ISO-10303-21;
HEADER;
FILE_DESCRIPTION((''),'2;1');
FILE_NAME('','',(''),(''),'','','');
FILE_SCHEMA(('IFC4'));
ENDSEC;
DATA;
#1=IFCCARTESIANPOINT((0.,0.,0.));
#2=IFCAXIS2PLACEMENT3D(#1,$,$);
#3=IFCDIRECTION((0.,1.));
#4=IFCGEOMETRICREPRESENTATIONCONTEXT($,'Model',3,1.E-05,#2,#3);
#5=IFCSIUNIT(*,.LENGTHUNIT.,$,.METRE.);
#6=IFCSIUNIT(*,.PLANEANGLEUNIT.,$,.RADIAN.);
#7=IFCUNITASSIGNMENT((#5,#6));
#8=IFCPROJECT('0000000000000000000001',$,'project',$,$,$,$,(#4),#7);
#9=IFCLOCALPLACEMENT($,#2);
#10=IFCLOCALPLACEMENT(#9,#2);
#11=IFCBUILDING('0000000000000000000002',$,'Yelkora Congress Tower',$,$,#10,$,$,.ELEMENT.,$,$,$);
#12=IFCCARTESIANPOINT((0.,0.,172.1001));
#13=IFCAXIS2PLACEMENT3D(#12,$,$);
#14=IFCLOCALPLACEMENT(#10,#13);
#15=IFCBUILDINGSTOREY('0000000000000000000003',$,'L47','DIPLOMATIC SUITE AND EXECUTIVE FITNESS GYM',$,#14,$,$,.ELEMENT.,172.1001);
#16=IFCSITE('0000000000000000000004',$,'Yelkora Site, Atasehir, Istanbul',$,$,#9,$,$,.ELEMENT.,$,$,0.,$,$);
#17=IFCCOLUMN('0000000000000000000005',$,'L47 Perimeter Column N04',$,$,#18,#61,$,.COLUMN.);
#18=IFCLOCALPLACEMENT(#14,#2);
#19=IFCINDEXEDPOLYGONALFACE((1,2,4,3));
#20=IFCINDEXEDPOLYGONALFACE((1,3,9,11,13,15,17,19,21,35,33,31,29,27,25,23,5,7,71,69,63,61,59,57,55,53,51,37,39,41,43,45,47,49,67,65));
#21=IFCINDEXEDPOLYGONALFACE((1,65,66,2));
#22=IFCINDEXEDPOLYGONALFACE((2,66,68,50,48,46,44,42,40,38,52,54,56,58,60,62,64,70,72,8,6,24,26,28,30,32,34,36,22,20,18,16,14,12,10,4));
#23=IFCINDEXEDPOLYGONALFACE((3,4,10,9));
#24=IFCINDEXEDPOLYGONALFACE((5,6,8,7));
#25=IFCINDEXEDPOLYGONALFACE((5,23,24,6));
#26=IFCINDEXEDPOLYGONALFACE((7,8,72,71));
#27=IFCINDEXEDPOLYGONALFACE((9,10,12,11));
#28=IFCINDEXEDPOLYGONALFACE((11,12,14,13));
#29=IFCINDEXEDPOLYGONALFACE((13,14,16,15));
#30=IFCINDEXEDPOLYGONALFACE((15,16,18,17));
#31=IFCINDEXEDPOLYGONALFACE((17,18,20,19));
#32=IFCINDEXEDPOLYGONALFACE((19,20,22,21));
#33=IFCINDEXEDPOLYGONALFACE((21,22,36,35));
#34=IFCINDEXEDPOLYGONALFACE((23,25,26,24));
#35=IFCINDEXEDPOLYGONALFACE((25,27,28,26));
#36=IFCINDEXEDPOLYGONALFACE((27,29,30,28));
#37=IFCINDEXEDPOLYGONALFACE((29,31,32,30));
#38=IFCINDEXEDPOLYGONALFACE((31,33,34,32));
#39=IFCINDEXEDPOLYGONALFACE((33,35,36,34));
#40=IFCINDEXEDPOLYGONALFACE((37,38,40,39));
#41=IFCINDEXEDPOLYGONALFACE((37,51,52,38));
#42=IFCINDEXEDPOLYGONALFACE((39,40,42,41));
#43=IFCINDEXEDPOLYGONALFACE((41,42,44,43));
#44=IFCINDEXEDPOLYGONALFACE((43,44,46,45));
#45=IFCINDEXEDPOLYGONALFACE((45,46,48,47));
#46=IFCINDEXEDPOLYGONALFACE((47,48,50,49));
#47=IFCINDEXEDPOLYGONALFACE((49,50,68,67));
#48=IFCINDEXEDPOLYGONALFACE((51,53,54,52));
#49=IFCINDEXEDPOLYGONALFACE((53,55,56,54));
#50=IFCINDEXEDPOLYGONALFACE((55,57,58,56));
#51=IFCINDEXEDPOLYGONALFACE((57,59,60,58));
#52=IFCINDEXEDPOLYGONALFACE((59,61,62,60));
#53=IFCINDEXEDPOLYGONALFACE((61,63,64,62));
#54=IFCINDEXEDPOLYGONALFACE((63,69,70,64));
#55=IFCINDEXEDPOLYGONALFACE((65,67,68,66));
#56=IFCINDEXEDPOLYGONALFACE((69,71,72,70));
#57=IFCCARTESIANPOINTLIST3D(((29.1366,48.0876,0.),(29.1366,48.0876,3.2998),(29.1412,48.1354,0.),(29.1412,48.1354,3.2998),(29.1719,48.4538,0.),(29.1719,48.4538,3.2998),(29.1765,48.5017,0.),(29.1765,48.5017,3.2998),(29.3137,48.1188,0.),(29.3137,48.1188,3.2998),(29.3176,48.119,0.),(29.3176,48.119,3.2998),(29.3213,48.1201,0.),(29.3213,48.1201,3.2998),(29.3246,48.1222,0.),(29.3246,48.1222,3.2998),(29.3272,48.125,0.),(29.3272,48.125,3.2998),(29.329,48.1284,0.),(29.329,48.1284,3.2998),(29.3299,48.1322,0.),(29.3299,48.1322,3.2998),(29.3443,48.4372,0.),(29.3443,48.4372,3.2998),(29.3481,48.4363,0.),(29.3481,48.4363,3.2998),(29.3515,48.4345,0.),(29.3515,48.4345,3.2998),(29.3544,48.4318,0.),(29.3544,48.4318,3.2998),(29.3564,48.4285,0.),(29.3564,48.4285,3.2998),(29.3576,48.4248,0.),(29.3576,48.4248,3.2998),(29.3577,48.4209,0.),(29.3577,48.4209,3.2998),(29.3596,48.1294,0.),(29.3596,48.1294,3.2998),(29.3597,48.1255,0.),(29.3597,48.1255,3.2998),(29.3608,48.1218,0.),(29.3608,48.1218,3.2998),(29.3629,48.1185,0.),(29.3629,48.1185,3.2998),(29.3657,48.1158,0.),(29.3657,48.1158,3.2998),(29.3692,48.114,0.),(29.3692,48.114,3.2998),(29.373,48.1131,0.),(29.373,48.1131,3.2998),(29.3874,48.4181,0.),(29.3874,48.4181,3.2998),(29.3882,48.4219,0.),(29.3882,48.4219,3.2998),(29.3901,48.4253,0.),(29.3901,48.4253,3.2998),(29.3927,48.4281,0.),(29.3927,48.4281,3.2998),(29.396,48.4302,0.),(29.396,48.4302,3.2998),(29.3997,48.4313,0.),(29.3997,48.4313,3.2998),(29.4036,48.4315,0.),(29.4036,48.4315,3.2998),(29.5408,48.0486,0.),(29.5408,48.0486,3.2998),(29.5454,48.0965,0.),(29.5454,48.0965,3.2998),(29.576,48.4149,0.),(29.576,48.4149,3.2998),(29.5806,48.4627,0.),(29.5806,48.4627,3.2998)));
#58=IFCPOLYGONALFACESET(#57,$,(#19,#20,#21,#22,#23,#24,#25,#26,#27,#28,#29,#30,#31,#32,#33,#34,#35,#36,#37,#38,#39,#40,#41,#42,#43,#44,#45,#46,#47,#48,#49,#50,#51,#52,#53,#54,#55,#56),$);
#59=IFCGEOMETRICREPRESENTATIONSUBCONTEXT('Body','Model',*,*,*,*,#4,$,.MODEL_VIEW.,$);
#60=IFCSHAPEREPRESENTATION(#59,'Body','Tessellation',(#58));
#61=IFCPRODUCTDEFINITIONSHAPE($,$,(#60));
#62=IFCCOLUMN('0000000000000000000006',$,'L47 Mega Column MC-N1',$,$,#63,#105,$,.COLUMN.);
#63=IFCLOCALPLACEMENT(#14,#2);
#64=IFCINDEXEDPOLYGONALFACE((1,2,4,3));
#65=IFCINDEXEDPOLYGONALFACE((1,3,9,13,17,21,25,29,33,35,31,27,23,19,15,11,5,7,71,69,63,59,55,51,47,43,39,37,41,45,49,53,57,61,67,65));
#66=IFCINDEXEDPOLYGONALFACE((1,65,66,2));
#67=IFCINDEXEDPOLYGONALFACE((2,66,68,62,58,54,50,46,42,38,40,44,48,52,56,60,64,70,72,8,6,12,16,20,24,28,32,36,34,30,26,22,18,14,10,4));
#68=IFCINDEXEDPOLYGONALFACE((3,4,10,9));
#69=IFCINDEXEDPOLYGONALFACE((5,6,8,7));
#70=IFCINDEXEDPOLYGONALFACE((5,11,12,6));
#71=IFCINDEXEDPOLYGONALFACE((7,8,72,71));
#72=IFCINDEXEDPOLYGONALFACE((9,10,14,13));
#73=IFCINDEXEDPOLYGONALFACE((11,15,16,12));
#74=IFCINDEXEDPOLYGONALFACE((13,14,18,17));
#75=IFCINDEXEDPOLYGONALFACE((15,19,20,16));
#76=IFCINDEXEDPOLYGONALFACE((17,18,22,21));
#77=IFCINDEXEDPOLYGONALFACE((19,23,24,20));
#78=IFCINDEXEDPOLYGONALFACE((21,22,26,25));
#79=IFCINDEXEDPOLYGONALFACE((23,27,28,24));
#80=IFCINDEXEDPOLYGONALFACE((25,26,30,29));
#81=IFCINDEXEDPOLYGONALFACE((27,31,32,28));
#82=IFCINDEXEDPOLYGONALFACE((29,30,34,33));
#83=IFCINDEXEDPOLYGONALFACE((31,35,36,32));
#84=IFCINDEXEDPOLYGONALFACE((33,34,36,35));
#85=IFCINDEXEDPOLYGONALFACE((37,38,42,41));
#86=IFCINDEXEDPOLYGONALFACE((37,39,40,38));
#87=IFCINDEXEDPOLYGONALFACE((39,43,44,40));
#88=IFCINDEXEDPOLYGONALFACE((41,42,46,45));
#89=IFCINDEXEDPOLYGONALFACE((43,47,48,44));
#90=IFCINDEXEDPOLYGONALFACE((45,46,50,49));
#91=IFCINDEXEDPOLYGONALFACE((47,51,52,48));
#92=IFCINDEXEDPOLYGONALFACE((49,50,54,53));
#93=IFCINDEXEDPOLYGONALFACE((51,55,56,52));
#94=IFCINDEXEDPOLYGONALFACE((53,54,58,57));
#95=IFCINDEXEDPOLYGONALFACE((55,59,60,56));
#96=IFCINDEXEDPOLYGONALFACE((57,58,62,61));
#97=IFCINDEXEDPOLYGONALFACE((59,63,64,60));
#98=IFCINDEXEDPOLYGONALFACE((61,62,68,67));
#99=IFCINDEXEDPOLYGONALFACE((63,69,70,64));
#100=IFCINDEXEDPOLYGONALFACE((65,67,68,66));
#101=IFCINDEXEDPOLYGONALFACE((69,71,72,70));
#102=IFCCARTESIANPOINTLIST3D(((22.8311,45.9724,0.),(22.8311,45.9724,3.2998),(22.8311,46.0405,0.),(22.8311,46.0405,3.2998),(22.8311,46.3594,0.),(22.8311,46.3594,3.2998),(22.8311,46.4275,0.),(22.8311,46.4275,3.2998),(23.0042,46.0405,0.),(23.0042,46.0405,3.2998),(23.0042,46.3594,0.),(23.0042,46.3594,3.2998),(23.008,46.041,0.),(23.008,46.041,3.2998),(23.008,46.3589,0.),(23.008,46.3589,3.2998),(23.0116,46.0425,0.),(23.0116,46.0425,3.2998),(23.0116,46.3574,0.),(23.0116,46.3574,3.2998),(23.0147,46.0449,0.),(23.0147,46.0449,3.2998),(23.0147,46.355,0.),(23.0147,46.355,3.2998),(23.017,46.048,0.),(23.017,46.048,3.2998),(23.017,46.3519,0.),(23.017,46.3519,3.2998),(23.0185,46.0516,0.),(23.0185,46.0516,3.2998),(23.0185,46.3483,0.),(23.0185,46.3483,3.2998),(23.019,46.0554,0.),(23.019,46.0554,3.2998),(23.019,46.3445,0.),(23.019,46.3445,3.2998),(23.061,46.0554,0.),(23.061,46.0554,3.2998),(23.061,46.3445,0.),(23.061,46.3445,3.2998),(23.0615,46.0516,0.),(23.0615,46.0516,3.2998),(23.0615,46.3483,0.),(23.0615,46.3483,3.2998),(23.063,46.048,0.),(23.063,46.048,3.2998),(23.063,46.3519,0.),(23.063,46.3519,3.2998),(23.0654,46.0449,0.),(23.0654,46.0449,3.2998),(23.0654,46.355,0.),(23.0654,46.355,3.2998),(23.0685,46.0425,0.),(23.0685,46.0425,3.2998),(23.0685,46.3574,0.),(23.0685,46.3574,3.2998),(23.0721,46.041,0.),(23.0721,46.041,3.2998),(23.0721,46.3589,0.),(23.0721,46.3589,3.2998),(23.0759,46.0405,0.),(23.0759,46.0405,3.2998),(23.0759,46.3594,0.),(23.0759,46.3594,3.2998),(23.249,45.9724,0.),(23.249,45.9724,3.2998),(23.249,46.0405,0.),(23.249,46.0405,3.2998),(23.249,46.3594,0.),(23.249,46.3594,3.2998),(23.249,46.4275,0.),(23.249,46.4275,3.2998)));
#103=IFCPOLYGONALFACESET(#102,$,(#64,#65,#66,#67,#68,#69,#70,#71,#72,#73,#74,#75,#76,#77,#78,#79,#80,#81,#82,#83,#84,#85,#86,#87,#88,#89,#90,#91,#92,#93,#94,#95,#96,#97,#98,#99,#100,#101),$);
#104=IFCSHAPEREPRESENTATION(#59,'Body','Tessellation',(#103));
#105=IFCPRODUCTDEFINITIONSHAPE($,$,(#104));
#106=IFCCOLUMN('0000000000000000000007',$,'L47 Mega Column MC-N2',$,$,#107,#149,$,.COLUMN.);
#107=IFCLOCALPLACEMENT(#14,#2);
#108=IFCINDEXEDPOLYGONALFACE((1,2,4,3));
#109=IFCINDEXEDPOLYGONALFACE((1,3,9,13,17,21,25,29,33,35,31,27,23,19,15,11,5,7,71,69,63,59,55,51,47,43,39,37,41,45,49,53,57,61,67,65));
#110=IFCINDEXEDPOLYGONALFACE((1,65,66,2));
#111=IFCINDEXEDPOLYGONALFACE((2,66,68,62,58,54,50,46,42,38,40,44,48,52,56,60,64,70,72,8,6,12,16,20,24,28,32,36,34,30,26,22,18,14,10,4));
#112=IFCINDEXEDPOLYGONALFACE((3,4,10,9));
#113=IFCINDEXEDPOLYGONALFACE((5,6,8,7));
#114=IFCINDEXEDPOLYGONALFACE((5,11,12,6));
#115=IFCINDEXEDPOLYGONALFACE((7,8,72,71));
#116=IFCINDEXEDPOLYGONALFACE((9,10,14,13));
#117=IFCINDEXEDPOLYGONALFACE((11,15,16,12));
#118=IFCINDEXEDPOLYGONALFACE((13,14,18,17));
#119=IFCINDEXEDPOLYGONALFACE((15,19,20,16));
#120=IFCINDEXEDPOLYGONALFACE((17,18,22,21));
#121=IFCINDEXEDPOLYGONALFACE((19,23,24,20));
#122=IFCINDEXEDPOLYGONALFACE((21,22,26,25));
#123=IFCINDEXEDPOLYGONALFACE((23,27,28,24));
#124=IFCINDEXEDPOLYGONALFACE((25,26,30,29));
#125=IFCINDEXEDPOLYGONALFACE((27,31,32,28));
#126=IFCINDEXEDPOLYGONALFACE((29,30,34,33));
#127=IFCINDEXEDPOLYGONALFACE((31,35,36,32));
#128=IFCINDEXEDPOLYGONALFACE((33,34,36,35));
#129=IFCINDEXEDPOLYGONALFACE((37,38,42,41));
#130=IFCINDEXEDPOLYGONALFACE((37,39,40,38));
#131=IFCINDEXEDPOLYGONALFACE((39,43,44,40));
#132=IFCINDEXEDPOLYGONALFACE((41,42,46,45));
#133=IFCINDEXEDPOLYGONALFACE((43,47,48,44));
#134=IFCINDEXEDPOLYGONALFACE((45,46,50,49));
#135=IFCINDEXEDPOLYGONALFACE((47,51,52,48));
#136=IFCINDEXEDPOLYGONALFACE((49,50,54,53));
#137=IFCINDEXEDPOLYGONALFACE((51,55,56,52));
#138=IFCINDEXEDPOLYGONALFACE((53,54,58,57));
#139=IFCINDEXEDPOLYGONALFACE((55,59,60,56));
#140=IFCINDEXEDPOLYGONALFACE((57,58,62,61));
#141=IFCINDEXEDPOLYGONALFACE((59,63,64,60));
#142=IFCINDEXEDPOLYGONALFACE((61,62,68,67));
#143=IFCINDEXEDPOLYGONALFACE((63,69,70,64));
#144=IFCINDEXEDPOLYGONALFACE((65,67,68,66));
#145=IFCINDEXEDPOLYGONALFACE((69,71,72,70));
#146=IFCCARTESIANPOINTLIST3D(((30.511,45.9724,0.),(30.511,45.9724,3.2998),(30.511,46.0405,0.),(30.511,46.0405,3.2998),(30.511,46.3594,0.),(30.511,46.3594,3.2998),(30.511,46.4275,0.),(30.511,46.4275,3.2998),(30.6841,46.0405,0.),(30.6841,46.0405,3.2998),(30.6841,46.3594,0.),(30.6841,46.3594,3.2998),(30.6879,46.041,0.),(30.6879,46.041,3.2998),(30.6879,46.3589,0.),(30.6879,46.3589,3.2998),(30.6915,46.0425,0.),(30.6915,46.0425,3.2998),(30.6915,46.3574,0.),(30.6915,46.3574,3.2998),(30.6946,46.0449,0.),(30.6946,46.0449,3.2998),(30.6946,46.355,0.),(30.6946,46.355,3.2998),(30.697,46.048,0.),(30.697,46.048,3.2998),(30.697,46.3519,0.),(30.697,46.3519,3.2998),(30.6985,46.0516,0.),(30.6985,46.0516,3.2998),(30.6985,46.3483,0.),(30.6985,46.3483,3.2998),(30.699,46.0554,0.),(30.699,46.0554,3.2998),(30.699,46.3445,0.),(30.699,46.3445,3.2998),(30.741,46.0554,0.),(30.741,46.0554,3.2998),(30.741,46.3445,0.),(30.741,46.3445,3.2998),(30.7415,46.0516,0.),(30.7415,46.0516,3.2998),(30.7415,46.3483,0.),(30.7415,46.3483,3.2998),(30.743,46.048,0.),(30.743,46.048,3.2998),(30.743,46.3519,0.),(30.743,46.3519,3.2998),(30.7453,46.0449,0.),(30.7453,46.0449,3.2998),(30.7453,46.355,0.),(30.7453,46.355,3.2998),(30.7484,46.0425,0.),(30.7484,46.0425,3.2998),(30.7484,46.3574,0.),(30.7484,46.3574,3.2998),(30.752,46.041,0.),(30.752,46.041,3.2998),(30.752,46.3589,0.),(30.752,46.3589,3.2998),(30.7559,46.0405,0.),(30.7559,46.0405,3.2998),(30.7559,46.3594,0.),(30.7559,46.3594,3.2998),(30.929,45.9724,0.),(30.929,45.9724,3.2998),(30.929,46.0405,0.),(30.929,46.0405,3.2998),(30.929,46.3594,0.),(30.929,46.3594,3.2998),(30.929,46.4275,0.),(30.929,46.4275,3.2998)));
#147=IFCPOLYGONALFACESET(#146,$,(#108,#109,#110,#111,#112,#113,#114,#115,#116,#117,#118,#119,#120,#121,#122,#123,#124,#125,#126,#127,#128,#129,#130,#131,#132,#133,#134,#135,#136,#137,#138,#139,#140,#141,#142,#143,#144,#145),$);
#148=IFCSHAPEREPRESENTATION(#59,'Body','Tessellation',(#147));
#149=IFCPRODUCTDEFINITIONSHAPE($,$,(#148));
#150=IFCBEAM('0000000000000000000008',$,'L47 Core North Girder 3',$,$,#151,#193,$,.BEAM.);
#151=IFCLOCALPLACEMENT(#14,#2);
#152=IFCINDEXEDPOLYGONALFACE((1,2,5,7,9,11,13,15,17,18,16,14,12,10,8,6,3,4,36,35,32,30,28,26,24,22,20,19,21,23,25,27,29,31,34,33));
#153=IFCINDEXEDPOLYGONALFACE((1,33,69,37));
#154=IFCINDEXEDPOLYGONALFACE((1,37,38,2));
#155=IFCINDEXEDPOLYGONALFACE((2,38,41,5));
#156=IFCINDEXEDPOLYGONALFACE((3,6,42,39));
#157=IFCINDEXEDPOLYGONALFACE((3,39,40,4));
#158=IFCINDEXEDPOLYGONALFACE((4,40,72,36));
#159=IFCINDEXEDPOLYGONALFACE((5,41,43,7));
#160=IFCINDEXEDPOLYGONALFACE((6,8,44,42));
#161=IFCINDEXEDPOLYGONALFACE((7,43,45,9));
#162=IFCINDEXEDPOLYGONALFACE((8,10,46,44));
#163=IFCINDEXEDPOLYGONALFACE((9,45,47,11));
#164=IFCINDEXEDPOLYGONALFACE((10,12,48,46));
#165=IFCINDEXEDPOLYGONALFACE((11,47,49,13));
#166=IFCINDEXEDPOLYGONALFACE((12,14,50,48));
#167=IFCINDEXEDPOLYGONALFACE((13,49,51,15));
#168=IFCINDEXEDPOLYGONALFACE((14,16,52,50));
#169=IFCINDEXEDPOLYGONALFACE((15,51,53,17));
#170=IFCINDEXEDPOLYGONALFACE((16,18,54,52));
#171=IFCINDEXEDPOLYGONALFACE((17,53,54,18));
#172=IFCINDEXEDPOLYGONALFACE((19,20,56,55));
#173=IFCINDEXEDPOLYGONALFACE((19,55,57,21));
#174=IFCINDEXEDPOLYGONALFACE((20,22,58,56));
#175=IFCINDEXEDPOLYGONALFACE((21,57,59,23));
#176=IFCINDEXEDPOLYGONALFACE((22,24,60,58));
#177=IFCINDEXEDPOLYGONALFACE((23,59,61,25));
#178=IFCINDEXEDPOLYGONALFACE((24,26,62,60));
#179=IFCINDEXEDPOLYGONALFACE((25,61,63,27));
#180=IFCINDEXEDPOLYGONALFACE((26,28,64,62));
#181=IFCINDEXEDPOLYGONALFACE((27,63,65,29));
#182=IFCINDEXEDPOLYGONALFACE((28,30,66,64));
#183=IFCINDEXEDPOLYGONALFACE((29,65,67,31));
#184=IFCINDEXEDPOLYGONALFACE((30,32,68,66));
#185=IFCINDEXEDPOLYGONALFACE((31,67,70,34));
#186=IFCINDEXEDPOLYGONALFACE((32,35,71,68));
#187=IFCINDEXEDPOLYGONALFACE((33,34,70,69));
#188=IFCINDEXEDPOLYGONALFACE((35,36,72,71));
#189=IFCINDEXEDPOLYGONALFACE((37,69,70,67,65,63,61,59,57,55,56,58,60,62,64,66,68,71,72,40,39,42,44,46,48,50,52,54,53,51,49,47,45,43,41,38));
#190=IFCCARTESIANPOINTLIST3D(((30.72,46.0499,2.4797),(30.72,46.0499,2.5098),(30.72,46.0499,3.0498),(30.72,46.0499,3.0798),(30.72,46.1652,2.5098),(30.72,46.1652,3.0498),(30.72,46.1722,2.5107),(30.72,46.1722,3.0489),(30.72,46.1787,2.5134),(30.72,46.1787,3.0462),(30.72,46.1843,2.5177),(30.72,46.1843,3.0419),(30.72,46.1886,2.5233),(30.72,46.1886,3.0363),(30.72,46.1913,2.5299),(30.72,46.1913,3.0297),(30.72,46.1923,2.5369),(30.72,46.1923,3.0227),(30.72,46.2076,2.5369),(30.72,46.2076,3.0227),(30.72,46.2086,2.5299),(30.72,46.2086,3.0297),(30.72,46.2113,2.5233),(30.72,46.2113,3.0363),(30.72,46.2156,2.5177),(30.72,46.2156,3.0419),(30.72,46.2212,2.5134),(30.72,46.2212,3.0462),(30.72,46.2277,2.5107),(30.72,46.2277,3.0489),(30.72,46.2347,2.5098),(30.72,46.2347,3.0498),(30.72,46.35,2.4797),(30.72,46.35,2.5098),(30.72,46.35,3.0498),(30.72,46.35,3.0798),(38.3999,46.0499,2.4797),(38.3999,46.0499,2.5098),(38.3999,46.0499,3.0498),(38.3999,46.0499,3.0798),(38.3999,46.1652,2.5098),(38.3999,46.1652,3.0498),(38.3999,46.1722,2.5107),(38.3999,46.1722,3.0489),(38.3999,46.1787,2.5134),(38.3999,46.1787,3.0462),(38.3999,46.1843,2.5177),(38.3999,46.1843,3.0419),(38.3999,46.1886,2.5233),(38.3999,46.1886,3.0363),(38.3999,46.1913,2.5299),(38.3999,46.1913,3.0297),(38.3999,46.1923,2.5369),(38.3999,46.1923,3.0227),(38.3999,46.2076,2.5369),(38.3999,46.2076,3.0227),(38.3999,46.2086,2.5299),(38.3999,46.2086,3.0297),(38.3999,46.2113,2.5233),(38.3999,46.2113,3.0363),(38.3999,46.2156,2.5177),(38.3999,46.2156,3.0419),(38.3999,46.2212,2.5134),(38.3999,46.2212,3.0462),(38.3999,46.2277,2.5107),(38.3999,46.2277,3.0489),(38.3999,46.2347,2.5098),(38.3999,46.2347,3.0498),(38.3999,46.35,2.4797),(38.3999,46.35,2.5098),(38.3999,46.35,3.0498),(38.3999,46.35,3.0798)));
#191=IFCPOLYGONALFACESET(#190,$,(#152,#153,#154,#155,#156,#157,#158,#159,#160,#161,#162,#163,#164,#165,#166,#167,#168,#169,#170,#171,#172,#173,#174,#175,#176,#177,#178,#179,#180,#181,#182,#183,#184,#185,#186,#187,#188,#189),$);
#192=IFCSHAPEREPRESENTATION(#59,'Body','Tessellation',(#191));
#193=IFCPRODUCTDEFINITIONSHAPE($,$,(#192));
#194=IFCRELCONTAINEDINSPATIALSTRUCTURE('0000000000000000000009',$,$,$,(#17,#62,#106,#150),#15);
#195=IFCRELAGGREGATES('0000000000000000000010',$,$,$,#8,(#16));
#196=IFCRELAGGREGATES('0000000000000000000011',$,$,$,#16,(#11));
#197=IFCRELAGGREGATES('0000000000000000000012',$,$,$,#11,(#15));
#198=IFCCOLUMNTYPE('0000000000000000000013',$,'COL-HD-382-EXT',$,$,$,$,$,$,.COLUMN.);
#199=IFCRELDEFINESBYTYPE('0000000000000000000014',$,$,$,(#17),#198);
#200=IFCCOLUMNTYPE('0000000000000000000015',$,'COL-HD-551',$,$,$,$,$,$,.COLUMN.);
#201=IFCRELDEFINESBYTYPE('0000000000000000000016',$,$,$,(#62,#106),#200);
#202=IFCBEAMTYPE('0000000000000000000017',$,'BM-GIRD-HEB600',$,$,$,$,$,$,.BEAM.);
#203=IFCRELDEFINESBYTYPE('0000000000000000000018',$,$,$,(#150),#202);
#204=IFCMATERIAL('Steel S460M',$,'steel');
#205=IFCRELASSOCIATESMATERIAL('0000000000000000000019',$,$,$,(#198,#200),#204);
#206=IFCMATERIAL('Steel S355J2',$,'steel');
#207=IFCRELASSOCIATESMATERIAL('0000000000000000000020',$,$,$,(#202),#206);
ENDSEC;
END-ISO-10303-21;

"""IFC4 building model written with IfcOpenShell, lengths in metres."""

from ifc_helpers import new_model, si_unit, direction, frame, origin, origin_2d, place, context, subcontext, project, spatial, i_section, extrude, material, material_profile, profile_set, type_object, element, save


model = new_model("IFC4")

# Units and contexts
model_context = context("Model", 3, precision=1e-05, world=origin(), true_north=direction((0.0, 1.0)))
body_context = subcontext(model_context, "Body", "Model", "MODEL_VIEW")
ifc_project = project(units=[si_unit("LENGTHUNIT", "METRE"), si_unit("PLANEANGLEUNIT", "RADIAN")], contexts=[model_context])

# Site, building, storey
site_placement = place(None, origin())
site = spatial("IfcSite", under=ifc_project, at=site_placement, Name="Yelkora Site, Atasehir, Istanbul", CompositionType="ELEMENT", RefElevation=0.0)
building_placement = place(site_placement, origin())
building = spatial("IfcBuilding", under=site, at=building_placement, Name="Yelkora Congress Tower", CompositionType="ELEMENT")
storey_placement = place(building_placement, frame((0.0, 0.0, 172.1001)))
storey = spatial("IfcBuildingStorey", under=building, at=storey_placement, Name="L47", Description="DIPLOMATIC SUITE AND EXECUTIVE FITNESS GYM", CompositionType="ELEMENT", Elevation=172.1001)

# Columns
ifc_material_1 = material(Name="Steel S460M", Category="steel")
ifc_material_profile_1 = material_profile(ifc_material_1, i_section(OverallWidth=0.406, OverallDepth=0.416, WebThickness=0.0298, FlangeThickness=0.0481, FilletRadius=0.0149, at=origin_2d()), Name="HD 400x382")
ifc_profile_set_1 = profile_set([ifc_material_profile_1], Name="Steel S460M")
column_type_1 = type_object("IfcColumnType", Name="COL-HD-382-EXT", PredefinedType="COLUMN", material=ifc_profile_set_1)
column_placement = place(storey_placement, frame((29.3586, 48.2751, 0.0), z_axis=(0.0, 0.0, 1.0), x_axis=(0.995396, -0.095846, 0.0)))
element("IfcColumn", 1, at=column_placement, inside=storey, type_object=column_type_1, Name="L47 Perimeter Column N04", PredefinedType="COLUMN", context=body_context, shape_type="SweptSolid", body=[
    extrude(i_section(OverallWidth=0.406, OverallDepth=0.416, WebThickness=0.0298, FlangeThickness=0.0481, FilletRadius=0.0149, at=origin_2d()), origin(), (0.0, 0.0, 1.0), 3.2998),
])
ifc_material_profile_2 = material_profile(ifc_material_1, i_section(OverallWidth=0.418, OverallDepth=0.4551, WebThickness=0.042, FlangeThickness=0.0681, FilletRadius=0.0149, at=origin_2d()), Name="HD 400x551")
ifc_profile_set_2 = profile_set([ifc_material_profile_2], Name="Steel S460M")
column_type_2 = type_object("IfcColumnType", Name="COL-HD-551", PredefinedType="COLUMN", material=ifc_profile_set_2)
for number, where, z_axis, x_axis, name in (
    (2, (23.04, 46.2, 0.0), (0.0, 0.0, 1.0), (1.0, 0.0, 0.0), "L47 Mega Column MC-N1"),
    (3, (30.72, 46.2, 0.0), (0.0, 0.0, 1.0), (1.0, 0.0, 0.0), "L47 Mega Column MC-N2"),
):
    element("IfcColumn", number, at=place(storey_placement, frame(where, z_axis=z_axis, x_axis=x_axis)), inside=storey, type_object=column_type_2, Name=name, PredefinedType="COLUMN", context=body_context, shape_type="SweptSolid", body=[
        extrude(i_section(OverallWidth=0.418, OverallDepth=0.4551, WebThickness=0.042, FlangeThickness=0.0681, FilletRadius=0.0149, at=origin_2d()), origin(), (0.0, 0.0, 1.0), 3.2998),
    ])

# Beam
ifc_material_2 = material(Name="Steel S355J2", Category="steel")
ifc_material_profile_3 = material_profile(ifc_material_2, i_section(OverallWidth=0.3, OverallDepth=0.6001, WebThickness=0.0154, FlangeThickness=0.03, FilletRadius=0.0271, at=origin_2d()), Name="HEB 600")
ifc_profile_set_3 = profile_set([ifc_material_profile_3], Name="Steel S355J2")
beam_type_1 = type_object("IfcBeamType", Name="BM-GIRD-HEB600", PredefinedType="BEAM", material=ifc_profile_set_3)
beam_1_placement = place(storey_placement, frame((30.72, 46.2, 2.7798), z_axis=(1.0, 0.0, 0.0), x_axis=(0.0, 1.0, 0.0)))
element("IfcBeam", 4, at=beam_1_placement, inside=storey, type_object=beam_type_1, Name="L47 Core North Girder 3", PredefinedType="BEAM", context=body_context, shape_type="SweptSolid", body=[
    extrude(i_section(OverallWidth=0.3, OverallDepth=0.6001, WebThickness=0.0154, FlangeThickness=0.03, FilletRadius=0.0271, at=origin_2d()), origin(), (0.0, 0.0, 1.0), 7.6799),
])

save(model, "model.ifc")
